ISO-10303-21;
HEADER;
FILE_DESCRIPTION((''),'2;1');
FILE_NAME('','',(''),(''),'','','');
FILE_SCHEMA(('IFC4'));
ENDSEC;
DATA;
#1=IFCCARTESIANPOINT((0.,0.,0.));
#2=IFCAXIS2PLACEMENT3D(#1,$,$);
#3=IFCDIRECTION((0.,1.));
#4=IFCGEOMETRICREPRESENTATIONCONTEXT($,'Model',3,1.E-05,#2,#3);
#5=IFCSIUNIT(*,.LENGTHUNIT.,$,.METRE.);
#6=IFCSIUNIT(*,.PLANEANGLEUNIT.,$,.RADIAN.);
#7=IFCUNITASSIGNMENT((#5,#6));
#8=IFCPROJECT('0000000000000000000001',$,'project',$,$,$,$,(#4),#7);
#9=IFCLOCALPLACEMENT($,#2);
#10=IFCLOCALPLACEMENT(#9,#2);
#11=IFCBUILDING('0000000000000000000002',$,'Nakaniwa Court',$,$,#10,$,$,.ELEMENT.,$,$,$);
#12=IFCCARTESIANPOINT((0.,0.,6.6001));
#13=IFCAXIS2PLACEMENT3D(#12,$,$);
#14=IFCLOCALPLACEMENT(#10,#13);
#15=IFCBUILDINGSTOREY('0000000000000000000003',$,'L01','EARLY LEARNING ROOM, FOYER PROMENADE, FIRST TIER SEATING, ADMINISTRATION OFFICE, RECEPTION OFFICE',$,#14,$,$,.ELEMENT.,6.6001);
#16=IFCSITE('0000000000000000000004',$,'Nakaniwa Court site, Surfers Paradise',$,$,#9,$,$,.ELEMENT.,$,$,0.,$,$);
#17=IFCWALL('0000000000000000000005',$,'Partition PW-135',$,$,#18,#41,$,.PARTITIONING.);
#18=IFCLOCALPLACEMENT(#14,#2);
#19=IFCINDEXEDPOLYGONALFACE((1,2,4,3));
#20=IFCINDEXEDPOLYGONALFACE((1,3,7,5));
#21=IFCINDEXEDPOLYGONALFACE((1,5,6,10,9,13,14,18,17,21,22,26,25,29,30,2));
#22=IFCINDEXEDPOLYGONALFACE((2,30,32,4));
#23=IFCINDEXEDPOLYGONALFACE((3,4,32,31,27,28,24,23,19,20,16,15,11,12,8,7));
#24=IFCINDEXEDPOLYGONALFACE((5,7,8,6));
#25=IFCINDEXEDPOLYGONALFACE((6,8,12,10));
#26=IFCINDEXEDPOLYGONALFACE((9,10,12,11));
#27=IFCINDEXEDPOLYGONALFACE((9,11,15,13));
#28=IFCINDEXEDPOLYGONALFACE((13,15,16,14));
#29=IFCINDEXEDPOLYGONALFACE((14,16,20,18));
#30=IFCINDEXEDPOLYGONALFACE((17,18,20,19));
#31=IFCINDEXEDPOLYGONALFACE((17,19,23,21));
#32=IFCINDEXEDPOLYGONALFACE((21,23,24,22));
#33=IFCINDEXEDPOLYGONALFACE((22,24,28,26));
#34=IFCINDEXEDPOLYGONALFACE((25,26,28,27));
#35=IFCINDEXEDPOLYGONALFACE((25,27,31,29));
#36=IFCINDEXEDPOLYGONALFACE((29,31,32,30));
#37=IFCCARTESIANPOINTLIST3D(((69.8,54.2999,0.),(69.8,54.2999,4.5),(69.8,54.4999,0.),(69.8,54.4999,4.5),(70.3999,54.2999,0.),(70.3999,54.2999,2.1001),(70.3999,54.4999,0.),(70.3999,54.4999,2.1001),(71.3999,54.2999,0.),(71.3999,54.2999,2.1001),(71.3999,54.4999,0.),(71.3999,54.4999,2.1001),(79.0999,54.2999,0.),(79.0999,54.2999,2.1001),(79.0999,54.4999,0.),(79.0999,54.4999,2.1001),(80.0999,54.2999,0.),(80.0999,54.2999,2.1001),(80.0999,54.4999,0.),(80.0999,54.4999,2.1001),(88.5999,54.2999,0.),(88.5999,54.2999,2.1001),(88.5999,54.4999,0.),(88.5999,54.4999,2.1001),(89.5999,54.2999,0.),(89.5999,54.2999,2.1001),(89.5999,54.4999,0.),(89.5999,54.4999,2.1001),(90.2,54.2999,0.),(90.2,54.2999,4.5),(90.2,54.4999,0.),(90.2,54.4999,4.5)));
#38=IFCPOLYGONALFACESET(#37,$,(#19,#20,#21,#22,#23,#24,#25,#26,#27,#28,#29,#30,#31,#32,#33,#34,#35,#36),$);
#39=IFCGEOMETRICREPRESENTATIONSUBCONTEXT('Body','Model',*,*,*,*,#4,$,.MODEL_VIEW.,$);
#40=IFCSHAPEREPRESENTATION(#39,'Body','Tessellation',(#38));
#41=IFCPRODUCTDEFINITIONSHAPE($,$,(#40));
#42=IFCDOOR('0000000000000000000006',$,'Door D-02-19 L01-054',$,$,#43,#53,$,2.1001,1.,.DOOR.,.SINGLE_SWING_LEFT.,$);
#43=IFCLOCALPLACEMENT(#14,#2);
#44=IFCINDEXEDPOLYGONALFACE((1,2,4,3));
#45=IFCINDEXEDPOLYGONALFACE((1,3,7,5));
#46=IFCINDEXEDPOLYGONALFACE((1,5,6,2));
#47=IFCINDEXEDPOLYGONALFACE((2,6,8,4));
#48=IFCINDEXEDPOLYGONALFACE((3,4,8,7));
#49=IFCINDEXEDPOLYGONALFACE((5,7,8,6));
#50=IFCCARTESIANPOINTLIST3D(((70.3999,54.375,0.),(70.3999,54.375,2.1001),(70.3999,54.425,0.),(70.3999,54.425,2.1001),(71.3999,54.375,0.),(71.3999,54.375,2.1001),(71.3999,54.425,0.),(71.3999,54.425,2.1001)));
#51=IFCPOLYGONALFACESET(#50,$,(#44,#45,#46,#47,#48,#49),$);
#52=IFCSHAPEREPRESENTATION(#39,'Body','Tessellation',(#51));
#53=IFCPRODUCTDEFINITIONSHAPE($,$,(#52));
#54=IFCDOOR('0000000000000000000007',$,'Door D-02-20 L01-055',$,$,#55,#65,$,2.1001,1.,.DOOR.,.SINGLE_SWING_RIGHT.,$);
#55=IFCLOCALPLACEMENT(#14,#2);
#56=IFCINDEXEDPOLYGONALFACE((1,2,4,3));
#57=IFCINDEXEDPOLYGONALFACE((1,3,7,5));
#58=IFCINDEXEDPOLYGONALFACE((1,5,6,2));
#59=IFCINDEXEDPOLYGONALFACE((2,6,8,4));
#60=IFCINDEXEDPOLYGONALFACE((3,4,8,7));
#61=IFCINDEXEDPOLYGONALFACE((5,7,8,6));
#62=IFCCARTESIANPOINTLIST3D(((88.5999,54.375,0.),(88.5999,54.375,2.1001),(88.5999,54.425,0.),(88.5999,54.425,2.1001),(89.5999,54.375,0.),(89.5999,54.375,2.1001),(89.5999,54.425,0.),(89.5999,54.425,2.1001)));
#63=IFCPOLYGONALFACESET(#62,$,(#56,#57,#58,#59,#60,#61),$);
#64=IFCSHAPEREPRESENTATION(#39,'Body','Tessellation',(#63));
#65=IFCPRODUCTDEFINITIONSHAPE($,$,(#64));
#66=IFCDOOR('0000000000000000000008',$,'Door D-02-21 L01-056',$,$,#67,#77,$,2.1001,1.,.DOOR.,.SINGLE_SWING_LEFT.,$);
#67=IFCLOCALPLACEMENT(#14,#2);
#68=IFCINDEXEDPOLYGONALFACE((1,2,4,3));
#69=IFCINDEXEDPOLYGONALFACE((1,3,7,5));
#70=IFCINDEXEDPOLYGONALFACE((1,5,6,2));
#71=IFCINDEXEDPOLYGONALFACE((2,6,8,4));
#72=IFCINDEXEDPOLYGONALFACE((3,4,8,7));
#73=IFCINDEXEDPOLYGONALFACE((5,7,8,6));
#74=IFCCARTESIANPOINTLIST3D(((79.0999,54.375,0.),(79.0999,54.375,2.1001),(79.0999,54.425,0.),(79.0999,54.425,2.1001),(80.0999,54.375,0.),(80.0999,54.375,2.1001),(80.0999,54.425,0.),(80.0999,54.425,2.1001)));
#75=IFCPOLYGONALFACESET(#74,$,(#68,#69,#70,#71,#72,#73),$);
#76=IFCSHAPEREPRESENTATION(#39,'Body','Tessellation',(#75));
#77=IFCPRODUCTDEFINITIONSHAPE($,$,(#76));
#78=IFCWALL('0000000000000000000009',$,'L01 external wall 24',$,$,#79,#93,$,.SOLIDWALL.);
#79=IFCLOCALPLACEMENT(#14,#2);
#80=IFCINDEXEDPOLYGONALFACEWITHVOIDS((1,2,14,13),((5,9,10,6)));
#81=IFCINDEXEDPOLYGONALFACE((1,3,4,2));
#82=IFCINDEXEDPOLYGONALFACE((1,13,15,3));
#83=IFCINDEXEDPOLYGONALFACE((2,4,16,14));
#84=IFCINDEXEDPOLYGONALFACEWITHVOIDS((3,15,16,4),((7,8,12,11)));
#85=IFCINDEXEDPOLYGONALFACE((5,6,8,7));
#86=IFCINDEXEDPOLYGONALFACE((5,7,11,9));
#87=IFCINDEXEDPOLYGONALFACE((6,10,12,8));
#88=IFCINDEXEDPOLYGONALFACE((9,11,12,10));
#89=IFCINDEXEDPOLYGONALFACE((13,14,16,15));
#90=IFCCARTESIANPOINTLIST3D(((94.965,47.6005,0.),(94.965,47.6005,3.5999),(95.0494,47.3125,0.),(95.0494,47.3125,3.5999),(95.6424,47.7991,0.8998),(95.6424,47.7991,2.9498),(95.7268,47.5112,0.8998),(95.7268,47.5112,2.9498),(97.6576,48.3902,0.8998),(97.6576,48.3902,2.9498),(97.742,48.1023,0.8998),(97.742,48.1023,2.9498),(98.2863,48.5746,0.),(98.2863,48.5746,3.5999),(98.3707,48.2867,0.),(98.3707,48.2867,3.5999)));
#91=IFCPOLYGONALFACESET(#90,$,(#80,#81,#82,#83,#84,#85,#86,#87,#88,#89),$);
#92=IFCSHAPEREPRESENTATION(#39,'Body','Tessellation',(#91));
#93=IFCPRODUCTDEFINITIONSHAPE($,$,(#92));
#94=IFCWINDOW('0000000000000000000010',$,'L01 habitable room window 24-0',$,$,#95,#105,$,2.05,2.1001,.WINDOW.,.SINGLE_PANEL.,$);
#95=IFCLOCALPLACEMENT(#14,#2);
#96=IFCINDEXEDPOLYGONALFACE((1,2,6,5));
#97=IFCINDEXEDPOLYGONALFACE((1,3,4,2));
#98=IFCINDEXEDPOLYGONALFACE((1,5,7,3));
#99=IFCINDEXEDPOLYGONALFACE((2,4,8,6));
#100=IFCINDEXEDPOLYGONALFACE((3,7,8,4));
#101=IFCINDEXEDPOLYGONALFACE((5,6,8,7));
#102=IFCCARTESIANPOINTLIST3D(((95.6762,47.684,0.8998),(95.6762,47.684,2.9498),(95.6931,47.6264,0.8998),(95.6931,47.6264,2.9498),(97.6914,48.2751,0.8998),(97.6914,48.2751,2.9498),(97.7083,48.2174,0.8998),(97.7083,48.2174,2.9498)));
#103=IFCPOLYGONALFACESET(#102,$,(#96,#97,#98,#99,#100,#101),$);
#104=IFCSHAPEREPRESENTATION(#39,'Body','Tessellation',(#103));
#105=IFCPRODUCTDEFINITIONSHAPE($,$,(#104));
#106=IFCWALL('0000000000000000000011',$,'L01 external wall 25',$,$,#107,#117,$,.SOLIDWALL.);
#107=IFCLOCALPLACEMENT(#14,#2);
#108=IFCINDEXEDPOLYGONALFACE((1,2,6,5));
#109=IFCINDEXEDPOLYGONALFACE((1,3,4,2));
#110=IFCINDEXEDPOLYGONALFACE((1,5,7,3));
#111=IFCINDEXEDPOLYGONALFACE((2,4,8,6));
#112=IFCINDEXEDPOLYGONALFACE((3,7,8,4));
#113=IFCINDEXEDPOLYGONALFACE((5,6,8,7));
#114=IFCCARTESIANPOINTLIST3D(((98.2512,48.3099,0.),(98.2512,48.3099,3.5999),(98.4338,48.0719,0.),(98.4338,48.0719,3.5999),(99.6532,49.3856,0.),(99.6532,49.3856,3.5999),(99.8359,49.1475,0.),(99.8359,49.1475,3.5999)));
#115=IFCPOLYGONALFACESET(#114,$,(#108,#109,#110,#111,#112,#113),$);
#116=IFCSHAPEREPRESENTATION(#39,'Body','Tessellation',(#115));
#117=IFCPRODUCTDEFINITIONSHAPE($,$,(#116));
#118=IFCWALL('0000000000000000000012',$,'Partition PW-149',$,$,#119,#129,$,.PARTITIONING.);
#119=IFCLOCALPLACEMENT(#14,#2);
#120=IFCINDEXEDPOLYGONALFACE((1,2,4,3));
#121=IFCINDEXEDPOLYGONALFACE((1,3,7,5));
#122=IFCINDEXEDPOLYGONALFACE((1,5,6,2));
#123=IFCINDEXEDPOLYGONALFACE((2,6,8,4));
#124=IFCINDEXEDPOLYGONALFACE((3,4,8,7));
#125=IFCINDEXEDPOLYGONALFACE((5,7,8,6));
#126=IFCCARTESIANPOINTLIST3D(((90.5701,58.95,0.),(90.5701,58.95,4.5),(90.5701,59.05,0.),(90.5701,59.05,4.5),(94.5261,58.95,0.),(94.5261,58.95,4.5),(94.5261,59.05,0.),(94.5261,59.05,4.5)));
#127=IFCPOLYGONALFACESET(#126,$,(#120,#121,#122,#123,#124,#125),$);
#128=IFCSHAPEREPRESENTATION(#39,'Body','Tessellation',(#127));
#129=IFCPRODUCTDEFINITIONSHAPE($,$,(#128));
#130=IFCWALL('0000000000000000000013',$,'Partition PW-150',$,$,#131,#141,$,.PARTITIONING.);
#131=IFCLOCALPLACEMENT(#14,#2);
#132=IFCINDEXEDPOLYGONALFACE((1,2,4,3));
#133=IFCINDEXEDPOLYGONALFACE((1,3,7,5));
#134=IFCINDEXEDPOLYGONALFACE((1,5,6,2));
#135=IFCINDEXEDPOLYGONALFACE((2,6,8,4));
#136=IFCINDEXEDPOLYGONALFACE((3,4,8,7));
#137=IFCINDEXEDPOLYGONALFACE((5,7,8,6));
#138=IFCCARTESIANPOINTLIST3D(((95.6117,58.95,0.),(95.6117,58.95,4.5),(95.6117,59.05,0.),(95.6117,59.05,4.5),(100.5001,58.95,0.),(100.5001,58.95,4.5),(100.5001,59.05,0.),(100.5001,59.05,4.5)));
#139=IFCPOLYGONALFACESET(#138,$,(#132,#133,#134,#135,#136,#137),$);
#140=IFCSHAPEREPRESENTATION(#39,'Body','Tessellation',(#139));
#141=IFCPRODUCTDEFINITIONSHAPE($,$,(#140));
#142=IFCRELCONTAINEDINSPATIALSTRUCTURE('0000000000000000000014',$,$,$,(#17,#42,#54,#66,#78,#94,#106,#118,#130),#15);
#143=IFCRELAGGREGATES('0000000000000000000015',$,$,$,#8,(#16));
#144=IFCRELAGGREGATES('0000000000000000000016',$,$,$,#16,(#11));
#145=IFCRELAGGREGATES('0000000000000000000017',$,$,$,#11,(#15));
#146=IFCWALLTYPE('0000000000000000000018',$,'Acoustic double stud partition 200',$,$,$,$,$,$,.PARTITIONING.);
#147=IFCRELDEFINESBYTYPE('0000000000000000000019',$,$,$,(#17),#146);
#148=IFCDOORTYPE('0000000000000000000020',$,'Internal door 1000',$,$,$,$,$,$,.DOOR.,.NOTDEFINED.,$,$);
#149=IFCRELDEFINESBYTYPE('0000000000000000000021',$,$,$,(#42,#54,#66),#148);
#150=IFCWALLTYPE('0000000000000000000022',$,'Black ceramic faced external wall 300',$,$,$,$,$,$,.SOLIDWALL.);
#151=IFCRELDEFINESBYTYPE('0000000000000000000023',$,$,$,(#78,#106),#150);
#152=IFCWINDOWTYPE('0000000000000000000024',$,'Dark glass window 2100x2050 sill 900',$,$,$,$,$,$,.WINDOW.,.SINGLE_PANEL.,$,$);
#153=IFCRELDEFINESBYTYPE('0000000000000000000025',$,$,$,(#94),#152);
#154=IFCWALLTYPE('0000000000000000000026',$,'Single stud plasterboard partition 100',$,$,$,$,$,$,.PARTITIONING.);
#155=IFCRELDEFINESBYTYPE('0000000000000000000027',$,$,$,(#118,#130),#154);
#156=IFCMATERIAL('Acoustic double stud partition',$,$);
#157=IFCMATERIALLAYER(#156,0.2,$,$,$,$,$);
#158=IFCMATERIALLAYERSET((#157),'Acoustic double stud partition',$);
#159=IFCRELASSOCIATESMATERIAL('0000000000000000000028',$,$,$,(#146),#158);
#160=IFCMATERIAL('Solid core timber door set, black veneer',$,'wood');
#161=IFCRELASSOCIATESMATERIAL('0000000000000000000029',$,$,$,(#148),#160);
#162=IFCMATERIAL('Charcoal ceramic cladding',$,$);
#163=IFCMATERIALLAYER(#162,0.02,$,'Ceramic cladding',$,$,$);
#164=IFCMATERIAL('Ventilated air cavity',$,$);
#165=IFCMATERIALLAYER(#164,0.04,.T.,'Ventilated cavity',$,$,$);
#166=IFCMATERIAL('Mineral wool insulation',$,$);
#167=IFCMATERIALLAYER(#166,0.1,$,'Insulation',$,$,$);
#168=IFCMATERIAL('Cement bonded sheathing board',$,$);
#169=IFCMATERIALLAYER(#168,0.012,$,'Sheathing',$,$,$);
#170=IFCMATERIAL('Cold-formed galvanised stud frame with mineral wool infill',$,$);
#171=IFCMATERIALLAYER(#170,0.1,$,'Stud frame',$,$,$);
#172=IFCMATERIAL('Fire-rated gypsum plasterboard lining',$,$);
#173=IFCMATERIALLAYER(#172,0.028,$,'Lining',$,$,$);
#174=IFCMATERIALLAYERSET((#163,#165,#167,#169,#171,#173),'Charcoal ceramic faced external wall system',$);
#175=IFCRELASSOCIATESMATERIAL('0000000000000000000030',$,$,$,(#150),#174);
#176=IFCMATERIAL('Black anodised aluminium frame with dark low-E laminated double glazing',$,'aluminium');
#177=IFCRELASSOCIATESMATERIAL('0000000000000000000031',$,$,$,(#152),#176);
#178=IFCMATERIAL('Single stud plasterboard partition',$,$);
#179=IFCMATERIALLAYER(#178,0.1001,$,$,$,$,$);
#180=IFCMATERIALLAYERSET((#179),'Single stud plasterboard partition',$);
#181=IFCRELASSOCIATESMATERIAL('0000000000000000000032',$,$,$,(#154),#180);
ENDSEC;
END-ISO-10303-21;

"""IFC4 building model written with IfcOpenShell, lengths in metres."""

from ifc_helpers import new_model, si_unit, direction, frame, frame_2d, origin, place, context, subcontext, project, spatial, rectangle, extrude, material, layer, layer_set, type_object, element, fill, save


model = new_model("IFC4")

# Units and contexts
model_context = context("Model", 3, precision=1e-05, world=origin(), true_north=direction((0.0, 1.0)))
body_context = subcontext(model_context, "Body", "Model", "MODEL_VIEW")
ifc_project = project(units=[si_unit("LENGTHUNIT", "METRE"), si_unit("PLANEANGLEUNIT", "RADIAN")], contexts=[model_context])

# Site, building, storey
site_placement = place(None, origin())
site = spatial("IfcSite", under=ifc_project, at=site_placement, Name="Nakaniwa Court site, Surfers Paradise", CompositionType="ELEMENT", RefElevation=0.0)
building_placement = place(site_placement, origin())
building = spatial("IfcBuilding", under=site, at=building_placement, Name="Nakaniwa Court", CompositionType="ELEMENT")
storey_placement = place(building_placement, frame((0.0, 0.0, 6.6001)))
storey = spatial("IfcBuildingStorey", under=building, at=storey_placement, Name="L01", Description="EARLY LEARNING ROOM, FOYER PROMENADE, FIRST TIER SEATING, ADMINISTRATION OFFICE, RECEPTION OFFICE", CompositionType="ELEMENT", Elevation=6.6001)

# Shared definitions
ifc_material_1 = material(Name="Black anodised aluminium frame with dark low-E laminated double glazing", Category="aluminium")

# Shared definitions
ifc_material_2 = material(Name="Acoustic double stud partition")
ifc_layer_1 = layer(ifc_material_2, 0.2)
ifc_layer_set_1 = layer_set([ifc_layer_1], Name="Acoustic double stud partition")
wall_type_1 = type_object("IfcWallType", Name="Acoustic double stud partition 200", PredefinedType="PARTITIONING", material=ifc_layer_set_1)

# Wall, openings, doors
wall_1_placement = place(storey_placement, frame((90.2, 54.3999, 0.0), z_axis=(0.0, 0.0, 1.0), x_axis=(-1.0, 0.0, 0.0)))
wall_1 = element("IfcWall", 1, at=wall_1_placement, inside=storey, type_object=wall_type_1, Name="Partition PW-135", PredefinedType="PARTITIONING", context=body_context, shape_type="SweptSolid", body=[
    extrude(rectangle(XDim=20.3999, YDim=0.2, at=frame_2d((10.2, 0.0))), origin(), (0.0, 0.0, 1.0), 4.5),
])
opening_1_placement = place(wall_1_placement, frame((18.8, 0.0, 0.0)))
opening_1 = element("IfcOpeningElement", 2, at=opening_1_placement, cuts=wall_1, PredefinedType="OPENING", context=body_context, shape_type="SweptSolid", body=[
    extrude(rectangle(XDim=1.0, YDim=2.1001, at=frame_2d((0.5, 1.05))), frame((0.0, 0.1099, 0.0), z_axis=(0.0, -1.0, 0.0), x_axis=(1.0, 0.0, 0.0)), (0.0, 0.0, 1.0), 0.22),
])
opening_2_placement = place(wall_1_placement, frame((0.6001, 0.0, 0.0)))
opening_2 = element("IfcOpeningElement", 3, at=opening_2_placement, cuts=wall_1, PredefinedType="OPENING", context=body_context, shape_type="SweptSolid", body=[
    extrude(rectangle(XDim=1.0, YDim=2.1001, at=frame_2d((0.5, 1.05))), frame((0.0, 0.1099, 0.0), z_axis=(0.0, -1.0, 0.0), x_axis=(1.0, 0.0, 0.0)), (0.0, 0.0, 1.0), 0.22),
])
opening_3_placement = place(wall_1_placement, frame((10.1001, 0.0, 0.0)))
opening_3 = element("IfcOpeningElement", 4, at=opening_3_placement, cuts=wall_1, PredefinedType="OPENING", context=body_context, shape_type="SweptSolid", body=[
    extrude(rectangle(XDim=1.0, YDim=2.1001, at=frame_2d((0.5, 1.05))), frame((0.0, 0.1099, 0.0), z_axis=(0.0, -1.0, 0.0), x_axis=(1.0, 0.0, 0.0)), (0.0, 0.0, 1.0), 0.22),
])
ifc_material_3 = material(Name="Solid core timber door set, black veneer", Category="wood")
door_type = type_object("IfcDoorType", Name="Internal door 1000", OperationType="NOTDEFINED", PredefinedType="DOOR", material=ifc_material_3)
door_1_placement = place(opening_1_placement, origin())
door_1 = element("IfcDoor", 5, at=door_1_placement, inside=storey, type_object=door_type, Name="Door D-02-19 L01-054", OperationType="SINGLE_SWING_LEFT", OverallHeight=2.1001, OverallWidth=1.0, PredefinedType="DOOR", context=body_context, shape_type="SweptSolid", body=[
    extrude(rectangle(XDim=1.0, YDim=2.1001, at=frame_2d((0.5, 1.05))), frame((0.0, 0.0249, 0.0), z_axis=(0.0, -1.0, 0.0), x_axis=(1.0, 0.0, 0.0)), (0.0, 0.0, 1.0), 0.05),
])
fill(opening_1, door_1)
door_2_placement = place(opening_2_placement, origin())
door_2 = element("IfcDoor", 6, at=door_2_placement, inside=storey, type_object=door_type, Name="Door D-02-20 L01-055", OperationType="SINGLE_SWING_RIGHT", OverallHeight=2.1001, OverallWidth=1.0, PredefinedType="DOOR", context=body_context, shape_type="SweptSolid", body=[
    extrude(rectangle(XDim=1.0, YDim=2.1001, at=frame_2d((0.5, 1.05))), frame((0.0, 0.0249, 0.0), z_axis=(0.0, -1.0, 0.0), x_axis=(1.0, 0.0, 0.0)), (0.0, 0.0, 1.0), 0.05),
])
fill(opening_2, door_2)
door_3_placement = place(opening_3_placement, origin())
door_3 = element("IfcDoor", 7, at=door_3_placement, inside=storey, type_object=door_type, Name="Door D-02-21 L01-056", OperationType="SINGLE_SWING_LEFT", OverallHeight=2.1001, OverallWidth=1.0, PredefinedType="DOOR", context=body_context, shape_type="SweptSolid", body=[
    extrude(rectangle(XDim=1.0, YDim=2.1001, at=frame_2d((0.5, 1.05))), frame((0.0, 0.0249, 0.0), z_axis=(0.0, -1.0, 0.0), x_axis=(1.0, 0.0, 0.0)), (0.0, 0.0, 1.0), 0.05),
])
fill(opening_3, door_3)

# Wall, opening, window
ifc_material_4 = material(Name="Charcoal ceramic cladding")
ifc_layer_2 = layer(ifc_material_4, 0.02, Name="Ceramic cladding")
ifc_material_5 = material(Name="Ventilated air cavity")
ifc_layer_3 = layer(ifc_material_5, 0.04, ventilated=True, Name="Ventilated cavity")
ifc_material_6 = material(Name="Mineral wool insulation")
ifc_layer_4 = layer(ifc_material_6, 0.1, Name="Insulation")
ifc_material_7 = material(Name="Cement bonded sheathing board")
ifc_layer_5 = layer(ifc_material_7, 0.012, Name="Sheathing")
ifc_material_8 = material(Name="Cold-formed galvanised stud frame with mineral wool infill")
ifc_layer_6 = layer(ifc_material_8, 0.1, Name="Stud frame")
ifc_material_9 = material(Name="Fire-rated gypsum plasterboard lining")
ifc_layer_7 = layer(ifc_material_9, 0.028, Name="Lining")
ifc_layer_set_2 = layer_set([ifc_layer_2, ifc_layer_3, ifc_layer_4, ifc_layer_5, ifc_layer_6, ifc_layer_7], Name="Charcoal ceramic faced external wall system")
wall_type_2 = type_object("IfcWallType", Name="Black ceramic faced external wall 300", PredefinedType="SOLIDWALL", material=ifc_layer_set_2)
wall_2_placement = place(storey_placement, frame((95.0073, 47.4565, 0.0), z_axis=(0.0, 0.0, 1.0), x_axis=(0.959579, 0.281441, 0.0)))
wall_2 = element("IfcWall", 8, at=wall_2_placement, inside=storey, type_object=wall_type_2, Name="L01 external wall 24", PredefinedType="SOLIDWALL", context=body_context, shape_type="SweptSolid", body=[
    extrude(rectangle(XDim=3.4612, YDim=0.3, at=frame_2d((1.7305, 0.0))), origin(), (0.0, 0.0, 1.0), 3.5999),
])
opening_4_placement = place(wall_2_placement, frame((0.7058, 0.0, 0.8999)))
opening_4 = element("IfcOpeningElement", 9, at=opening_4_placement, cuts=wall_2, PredefinedType="OPENING", context=body_context, shape_type="SweptSolid", body=[
    extrude(rectangle(XDim=2.1001, YDim=2.05, at=frame_2d((1.05, 1.0249))), frame((0.0, 0.1599, 0.0), z_axis=(0.0, -1.0, 0.0), x_axis=(1.0, 0.0, 0.0)), (0.0, 0.0, 1.0), 0.3201),
])
window_type = type_object("IfcWindowType", Name="Dark glass window 2100x2050 sill 900", PartitioningType="SINGLE_PANEL", PredefinedType="WINDOW", material=ifc_material_1)
window_placement = place(opening_4_placement, origin())
window = element("IfcWindow", 10, at=window_placement, inside=storey, type_object=window_type, Name="L01 habitable room window 24-0", OverallHeight=2.05, OverallWidth=2.1001, PartitioningType="SINGLE_PANEL", PredefinedType="WINDOW", context=body_context, shape_type="SweptSolid", body=[
    extrude(rectangle(XDim=2.1001, YDim=2.05, at=frame_2d((1.05, 1.0249))), frame((0.0, 0.03, 0.0), z_axis=(0.0, -1.0, 0.0), x_axis=(1.0, 0.0, 0.0)), (0.0, 0.0, 1.0), 0.0601),
])
fill(opening_4, window)

# Walls
wall_3_placement = place(storey_placement, frame((98.3425, 48.1909, 0.0), z_axis=(0.0, 0.0, 1.0), x_axis=(0.793404, 0.608695, 0.0)))
element("IfcWall", 11, at=wall_3_placement, inside=storey, type_object=wall_type_2, Name="L01 external wall 25", PredefinedType="SOLIDWALL", context=body_context, shape_type="SweptSolid", body=[
    extrude(rectangle(XDim=1.7671, YDim=0.3, at=frame_2d((0.8835, 0.0))), origin(), (0.0, 0.0, 1.0), 3.5999),
])
ifc_material_10 = material(Name="Single stud plasterboard partition")
ifc_layer_8 = layer(ifc_material_10, 0.1001)
ifc_layer_set_3 = layer_set([ifc_layer_8], Name="Single stud plasterboard partition")
wall_type_3 = type_object("IfcWallType", Name="Single stud plasterboard partition 100", PredefinedType="PARTITIONING", material=ifc_layer_set_3)
wall_4_placement = place(storey_placement, frame((90.5701, 59.0, 0.0), z_axis=(0.0, 0.0, 1.0), x_axis=(1.0, 0.0, 0.0)))
element("IfcWall", 12, at=wall_4_placement, inside=storey, type_object=wall_type_3, Name="Partition PW-149", PredefinedType="PARTITIONING", context=body_context, shape_type="SweptSolid", body=[
    extrude(rectangle(XDim=3.9561, YDim=0.1001, at=frame_2d((1.978, 0.0))), origin(), (0.0, 0.0, 1.0), 4.5),
])
wall_5_placement = place(storey_placement, frame((95.6116, 59.0, 0.0), z_axis=(0.0, 0.0, 1.0), x_axis=(1.0, 0.0, 0.0)))
element("IfcWall", 13, at=wall_5_placement, inside=storey, type_object=wall_type_3, Name="Partition PW-150", PredefinedType="PARTITIONING", context=body_context, shape_type="SweptSolid", body=[
    extrude(rectangle(XDim=4.8884, YDim=0.1001, at=frame_2d((2.4443, 0.0))), origin(), (0.0, 0.0, 1.0), 4.5),
])

save(model, "model.ifc")
